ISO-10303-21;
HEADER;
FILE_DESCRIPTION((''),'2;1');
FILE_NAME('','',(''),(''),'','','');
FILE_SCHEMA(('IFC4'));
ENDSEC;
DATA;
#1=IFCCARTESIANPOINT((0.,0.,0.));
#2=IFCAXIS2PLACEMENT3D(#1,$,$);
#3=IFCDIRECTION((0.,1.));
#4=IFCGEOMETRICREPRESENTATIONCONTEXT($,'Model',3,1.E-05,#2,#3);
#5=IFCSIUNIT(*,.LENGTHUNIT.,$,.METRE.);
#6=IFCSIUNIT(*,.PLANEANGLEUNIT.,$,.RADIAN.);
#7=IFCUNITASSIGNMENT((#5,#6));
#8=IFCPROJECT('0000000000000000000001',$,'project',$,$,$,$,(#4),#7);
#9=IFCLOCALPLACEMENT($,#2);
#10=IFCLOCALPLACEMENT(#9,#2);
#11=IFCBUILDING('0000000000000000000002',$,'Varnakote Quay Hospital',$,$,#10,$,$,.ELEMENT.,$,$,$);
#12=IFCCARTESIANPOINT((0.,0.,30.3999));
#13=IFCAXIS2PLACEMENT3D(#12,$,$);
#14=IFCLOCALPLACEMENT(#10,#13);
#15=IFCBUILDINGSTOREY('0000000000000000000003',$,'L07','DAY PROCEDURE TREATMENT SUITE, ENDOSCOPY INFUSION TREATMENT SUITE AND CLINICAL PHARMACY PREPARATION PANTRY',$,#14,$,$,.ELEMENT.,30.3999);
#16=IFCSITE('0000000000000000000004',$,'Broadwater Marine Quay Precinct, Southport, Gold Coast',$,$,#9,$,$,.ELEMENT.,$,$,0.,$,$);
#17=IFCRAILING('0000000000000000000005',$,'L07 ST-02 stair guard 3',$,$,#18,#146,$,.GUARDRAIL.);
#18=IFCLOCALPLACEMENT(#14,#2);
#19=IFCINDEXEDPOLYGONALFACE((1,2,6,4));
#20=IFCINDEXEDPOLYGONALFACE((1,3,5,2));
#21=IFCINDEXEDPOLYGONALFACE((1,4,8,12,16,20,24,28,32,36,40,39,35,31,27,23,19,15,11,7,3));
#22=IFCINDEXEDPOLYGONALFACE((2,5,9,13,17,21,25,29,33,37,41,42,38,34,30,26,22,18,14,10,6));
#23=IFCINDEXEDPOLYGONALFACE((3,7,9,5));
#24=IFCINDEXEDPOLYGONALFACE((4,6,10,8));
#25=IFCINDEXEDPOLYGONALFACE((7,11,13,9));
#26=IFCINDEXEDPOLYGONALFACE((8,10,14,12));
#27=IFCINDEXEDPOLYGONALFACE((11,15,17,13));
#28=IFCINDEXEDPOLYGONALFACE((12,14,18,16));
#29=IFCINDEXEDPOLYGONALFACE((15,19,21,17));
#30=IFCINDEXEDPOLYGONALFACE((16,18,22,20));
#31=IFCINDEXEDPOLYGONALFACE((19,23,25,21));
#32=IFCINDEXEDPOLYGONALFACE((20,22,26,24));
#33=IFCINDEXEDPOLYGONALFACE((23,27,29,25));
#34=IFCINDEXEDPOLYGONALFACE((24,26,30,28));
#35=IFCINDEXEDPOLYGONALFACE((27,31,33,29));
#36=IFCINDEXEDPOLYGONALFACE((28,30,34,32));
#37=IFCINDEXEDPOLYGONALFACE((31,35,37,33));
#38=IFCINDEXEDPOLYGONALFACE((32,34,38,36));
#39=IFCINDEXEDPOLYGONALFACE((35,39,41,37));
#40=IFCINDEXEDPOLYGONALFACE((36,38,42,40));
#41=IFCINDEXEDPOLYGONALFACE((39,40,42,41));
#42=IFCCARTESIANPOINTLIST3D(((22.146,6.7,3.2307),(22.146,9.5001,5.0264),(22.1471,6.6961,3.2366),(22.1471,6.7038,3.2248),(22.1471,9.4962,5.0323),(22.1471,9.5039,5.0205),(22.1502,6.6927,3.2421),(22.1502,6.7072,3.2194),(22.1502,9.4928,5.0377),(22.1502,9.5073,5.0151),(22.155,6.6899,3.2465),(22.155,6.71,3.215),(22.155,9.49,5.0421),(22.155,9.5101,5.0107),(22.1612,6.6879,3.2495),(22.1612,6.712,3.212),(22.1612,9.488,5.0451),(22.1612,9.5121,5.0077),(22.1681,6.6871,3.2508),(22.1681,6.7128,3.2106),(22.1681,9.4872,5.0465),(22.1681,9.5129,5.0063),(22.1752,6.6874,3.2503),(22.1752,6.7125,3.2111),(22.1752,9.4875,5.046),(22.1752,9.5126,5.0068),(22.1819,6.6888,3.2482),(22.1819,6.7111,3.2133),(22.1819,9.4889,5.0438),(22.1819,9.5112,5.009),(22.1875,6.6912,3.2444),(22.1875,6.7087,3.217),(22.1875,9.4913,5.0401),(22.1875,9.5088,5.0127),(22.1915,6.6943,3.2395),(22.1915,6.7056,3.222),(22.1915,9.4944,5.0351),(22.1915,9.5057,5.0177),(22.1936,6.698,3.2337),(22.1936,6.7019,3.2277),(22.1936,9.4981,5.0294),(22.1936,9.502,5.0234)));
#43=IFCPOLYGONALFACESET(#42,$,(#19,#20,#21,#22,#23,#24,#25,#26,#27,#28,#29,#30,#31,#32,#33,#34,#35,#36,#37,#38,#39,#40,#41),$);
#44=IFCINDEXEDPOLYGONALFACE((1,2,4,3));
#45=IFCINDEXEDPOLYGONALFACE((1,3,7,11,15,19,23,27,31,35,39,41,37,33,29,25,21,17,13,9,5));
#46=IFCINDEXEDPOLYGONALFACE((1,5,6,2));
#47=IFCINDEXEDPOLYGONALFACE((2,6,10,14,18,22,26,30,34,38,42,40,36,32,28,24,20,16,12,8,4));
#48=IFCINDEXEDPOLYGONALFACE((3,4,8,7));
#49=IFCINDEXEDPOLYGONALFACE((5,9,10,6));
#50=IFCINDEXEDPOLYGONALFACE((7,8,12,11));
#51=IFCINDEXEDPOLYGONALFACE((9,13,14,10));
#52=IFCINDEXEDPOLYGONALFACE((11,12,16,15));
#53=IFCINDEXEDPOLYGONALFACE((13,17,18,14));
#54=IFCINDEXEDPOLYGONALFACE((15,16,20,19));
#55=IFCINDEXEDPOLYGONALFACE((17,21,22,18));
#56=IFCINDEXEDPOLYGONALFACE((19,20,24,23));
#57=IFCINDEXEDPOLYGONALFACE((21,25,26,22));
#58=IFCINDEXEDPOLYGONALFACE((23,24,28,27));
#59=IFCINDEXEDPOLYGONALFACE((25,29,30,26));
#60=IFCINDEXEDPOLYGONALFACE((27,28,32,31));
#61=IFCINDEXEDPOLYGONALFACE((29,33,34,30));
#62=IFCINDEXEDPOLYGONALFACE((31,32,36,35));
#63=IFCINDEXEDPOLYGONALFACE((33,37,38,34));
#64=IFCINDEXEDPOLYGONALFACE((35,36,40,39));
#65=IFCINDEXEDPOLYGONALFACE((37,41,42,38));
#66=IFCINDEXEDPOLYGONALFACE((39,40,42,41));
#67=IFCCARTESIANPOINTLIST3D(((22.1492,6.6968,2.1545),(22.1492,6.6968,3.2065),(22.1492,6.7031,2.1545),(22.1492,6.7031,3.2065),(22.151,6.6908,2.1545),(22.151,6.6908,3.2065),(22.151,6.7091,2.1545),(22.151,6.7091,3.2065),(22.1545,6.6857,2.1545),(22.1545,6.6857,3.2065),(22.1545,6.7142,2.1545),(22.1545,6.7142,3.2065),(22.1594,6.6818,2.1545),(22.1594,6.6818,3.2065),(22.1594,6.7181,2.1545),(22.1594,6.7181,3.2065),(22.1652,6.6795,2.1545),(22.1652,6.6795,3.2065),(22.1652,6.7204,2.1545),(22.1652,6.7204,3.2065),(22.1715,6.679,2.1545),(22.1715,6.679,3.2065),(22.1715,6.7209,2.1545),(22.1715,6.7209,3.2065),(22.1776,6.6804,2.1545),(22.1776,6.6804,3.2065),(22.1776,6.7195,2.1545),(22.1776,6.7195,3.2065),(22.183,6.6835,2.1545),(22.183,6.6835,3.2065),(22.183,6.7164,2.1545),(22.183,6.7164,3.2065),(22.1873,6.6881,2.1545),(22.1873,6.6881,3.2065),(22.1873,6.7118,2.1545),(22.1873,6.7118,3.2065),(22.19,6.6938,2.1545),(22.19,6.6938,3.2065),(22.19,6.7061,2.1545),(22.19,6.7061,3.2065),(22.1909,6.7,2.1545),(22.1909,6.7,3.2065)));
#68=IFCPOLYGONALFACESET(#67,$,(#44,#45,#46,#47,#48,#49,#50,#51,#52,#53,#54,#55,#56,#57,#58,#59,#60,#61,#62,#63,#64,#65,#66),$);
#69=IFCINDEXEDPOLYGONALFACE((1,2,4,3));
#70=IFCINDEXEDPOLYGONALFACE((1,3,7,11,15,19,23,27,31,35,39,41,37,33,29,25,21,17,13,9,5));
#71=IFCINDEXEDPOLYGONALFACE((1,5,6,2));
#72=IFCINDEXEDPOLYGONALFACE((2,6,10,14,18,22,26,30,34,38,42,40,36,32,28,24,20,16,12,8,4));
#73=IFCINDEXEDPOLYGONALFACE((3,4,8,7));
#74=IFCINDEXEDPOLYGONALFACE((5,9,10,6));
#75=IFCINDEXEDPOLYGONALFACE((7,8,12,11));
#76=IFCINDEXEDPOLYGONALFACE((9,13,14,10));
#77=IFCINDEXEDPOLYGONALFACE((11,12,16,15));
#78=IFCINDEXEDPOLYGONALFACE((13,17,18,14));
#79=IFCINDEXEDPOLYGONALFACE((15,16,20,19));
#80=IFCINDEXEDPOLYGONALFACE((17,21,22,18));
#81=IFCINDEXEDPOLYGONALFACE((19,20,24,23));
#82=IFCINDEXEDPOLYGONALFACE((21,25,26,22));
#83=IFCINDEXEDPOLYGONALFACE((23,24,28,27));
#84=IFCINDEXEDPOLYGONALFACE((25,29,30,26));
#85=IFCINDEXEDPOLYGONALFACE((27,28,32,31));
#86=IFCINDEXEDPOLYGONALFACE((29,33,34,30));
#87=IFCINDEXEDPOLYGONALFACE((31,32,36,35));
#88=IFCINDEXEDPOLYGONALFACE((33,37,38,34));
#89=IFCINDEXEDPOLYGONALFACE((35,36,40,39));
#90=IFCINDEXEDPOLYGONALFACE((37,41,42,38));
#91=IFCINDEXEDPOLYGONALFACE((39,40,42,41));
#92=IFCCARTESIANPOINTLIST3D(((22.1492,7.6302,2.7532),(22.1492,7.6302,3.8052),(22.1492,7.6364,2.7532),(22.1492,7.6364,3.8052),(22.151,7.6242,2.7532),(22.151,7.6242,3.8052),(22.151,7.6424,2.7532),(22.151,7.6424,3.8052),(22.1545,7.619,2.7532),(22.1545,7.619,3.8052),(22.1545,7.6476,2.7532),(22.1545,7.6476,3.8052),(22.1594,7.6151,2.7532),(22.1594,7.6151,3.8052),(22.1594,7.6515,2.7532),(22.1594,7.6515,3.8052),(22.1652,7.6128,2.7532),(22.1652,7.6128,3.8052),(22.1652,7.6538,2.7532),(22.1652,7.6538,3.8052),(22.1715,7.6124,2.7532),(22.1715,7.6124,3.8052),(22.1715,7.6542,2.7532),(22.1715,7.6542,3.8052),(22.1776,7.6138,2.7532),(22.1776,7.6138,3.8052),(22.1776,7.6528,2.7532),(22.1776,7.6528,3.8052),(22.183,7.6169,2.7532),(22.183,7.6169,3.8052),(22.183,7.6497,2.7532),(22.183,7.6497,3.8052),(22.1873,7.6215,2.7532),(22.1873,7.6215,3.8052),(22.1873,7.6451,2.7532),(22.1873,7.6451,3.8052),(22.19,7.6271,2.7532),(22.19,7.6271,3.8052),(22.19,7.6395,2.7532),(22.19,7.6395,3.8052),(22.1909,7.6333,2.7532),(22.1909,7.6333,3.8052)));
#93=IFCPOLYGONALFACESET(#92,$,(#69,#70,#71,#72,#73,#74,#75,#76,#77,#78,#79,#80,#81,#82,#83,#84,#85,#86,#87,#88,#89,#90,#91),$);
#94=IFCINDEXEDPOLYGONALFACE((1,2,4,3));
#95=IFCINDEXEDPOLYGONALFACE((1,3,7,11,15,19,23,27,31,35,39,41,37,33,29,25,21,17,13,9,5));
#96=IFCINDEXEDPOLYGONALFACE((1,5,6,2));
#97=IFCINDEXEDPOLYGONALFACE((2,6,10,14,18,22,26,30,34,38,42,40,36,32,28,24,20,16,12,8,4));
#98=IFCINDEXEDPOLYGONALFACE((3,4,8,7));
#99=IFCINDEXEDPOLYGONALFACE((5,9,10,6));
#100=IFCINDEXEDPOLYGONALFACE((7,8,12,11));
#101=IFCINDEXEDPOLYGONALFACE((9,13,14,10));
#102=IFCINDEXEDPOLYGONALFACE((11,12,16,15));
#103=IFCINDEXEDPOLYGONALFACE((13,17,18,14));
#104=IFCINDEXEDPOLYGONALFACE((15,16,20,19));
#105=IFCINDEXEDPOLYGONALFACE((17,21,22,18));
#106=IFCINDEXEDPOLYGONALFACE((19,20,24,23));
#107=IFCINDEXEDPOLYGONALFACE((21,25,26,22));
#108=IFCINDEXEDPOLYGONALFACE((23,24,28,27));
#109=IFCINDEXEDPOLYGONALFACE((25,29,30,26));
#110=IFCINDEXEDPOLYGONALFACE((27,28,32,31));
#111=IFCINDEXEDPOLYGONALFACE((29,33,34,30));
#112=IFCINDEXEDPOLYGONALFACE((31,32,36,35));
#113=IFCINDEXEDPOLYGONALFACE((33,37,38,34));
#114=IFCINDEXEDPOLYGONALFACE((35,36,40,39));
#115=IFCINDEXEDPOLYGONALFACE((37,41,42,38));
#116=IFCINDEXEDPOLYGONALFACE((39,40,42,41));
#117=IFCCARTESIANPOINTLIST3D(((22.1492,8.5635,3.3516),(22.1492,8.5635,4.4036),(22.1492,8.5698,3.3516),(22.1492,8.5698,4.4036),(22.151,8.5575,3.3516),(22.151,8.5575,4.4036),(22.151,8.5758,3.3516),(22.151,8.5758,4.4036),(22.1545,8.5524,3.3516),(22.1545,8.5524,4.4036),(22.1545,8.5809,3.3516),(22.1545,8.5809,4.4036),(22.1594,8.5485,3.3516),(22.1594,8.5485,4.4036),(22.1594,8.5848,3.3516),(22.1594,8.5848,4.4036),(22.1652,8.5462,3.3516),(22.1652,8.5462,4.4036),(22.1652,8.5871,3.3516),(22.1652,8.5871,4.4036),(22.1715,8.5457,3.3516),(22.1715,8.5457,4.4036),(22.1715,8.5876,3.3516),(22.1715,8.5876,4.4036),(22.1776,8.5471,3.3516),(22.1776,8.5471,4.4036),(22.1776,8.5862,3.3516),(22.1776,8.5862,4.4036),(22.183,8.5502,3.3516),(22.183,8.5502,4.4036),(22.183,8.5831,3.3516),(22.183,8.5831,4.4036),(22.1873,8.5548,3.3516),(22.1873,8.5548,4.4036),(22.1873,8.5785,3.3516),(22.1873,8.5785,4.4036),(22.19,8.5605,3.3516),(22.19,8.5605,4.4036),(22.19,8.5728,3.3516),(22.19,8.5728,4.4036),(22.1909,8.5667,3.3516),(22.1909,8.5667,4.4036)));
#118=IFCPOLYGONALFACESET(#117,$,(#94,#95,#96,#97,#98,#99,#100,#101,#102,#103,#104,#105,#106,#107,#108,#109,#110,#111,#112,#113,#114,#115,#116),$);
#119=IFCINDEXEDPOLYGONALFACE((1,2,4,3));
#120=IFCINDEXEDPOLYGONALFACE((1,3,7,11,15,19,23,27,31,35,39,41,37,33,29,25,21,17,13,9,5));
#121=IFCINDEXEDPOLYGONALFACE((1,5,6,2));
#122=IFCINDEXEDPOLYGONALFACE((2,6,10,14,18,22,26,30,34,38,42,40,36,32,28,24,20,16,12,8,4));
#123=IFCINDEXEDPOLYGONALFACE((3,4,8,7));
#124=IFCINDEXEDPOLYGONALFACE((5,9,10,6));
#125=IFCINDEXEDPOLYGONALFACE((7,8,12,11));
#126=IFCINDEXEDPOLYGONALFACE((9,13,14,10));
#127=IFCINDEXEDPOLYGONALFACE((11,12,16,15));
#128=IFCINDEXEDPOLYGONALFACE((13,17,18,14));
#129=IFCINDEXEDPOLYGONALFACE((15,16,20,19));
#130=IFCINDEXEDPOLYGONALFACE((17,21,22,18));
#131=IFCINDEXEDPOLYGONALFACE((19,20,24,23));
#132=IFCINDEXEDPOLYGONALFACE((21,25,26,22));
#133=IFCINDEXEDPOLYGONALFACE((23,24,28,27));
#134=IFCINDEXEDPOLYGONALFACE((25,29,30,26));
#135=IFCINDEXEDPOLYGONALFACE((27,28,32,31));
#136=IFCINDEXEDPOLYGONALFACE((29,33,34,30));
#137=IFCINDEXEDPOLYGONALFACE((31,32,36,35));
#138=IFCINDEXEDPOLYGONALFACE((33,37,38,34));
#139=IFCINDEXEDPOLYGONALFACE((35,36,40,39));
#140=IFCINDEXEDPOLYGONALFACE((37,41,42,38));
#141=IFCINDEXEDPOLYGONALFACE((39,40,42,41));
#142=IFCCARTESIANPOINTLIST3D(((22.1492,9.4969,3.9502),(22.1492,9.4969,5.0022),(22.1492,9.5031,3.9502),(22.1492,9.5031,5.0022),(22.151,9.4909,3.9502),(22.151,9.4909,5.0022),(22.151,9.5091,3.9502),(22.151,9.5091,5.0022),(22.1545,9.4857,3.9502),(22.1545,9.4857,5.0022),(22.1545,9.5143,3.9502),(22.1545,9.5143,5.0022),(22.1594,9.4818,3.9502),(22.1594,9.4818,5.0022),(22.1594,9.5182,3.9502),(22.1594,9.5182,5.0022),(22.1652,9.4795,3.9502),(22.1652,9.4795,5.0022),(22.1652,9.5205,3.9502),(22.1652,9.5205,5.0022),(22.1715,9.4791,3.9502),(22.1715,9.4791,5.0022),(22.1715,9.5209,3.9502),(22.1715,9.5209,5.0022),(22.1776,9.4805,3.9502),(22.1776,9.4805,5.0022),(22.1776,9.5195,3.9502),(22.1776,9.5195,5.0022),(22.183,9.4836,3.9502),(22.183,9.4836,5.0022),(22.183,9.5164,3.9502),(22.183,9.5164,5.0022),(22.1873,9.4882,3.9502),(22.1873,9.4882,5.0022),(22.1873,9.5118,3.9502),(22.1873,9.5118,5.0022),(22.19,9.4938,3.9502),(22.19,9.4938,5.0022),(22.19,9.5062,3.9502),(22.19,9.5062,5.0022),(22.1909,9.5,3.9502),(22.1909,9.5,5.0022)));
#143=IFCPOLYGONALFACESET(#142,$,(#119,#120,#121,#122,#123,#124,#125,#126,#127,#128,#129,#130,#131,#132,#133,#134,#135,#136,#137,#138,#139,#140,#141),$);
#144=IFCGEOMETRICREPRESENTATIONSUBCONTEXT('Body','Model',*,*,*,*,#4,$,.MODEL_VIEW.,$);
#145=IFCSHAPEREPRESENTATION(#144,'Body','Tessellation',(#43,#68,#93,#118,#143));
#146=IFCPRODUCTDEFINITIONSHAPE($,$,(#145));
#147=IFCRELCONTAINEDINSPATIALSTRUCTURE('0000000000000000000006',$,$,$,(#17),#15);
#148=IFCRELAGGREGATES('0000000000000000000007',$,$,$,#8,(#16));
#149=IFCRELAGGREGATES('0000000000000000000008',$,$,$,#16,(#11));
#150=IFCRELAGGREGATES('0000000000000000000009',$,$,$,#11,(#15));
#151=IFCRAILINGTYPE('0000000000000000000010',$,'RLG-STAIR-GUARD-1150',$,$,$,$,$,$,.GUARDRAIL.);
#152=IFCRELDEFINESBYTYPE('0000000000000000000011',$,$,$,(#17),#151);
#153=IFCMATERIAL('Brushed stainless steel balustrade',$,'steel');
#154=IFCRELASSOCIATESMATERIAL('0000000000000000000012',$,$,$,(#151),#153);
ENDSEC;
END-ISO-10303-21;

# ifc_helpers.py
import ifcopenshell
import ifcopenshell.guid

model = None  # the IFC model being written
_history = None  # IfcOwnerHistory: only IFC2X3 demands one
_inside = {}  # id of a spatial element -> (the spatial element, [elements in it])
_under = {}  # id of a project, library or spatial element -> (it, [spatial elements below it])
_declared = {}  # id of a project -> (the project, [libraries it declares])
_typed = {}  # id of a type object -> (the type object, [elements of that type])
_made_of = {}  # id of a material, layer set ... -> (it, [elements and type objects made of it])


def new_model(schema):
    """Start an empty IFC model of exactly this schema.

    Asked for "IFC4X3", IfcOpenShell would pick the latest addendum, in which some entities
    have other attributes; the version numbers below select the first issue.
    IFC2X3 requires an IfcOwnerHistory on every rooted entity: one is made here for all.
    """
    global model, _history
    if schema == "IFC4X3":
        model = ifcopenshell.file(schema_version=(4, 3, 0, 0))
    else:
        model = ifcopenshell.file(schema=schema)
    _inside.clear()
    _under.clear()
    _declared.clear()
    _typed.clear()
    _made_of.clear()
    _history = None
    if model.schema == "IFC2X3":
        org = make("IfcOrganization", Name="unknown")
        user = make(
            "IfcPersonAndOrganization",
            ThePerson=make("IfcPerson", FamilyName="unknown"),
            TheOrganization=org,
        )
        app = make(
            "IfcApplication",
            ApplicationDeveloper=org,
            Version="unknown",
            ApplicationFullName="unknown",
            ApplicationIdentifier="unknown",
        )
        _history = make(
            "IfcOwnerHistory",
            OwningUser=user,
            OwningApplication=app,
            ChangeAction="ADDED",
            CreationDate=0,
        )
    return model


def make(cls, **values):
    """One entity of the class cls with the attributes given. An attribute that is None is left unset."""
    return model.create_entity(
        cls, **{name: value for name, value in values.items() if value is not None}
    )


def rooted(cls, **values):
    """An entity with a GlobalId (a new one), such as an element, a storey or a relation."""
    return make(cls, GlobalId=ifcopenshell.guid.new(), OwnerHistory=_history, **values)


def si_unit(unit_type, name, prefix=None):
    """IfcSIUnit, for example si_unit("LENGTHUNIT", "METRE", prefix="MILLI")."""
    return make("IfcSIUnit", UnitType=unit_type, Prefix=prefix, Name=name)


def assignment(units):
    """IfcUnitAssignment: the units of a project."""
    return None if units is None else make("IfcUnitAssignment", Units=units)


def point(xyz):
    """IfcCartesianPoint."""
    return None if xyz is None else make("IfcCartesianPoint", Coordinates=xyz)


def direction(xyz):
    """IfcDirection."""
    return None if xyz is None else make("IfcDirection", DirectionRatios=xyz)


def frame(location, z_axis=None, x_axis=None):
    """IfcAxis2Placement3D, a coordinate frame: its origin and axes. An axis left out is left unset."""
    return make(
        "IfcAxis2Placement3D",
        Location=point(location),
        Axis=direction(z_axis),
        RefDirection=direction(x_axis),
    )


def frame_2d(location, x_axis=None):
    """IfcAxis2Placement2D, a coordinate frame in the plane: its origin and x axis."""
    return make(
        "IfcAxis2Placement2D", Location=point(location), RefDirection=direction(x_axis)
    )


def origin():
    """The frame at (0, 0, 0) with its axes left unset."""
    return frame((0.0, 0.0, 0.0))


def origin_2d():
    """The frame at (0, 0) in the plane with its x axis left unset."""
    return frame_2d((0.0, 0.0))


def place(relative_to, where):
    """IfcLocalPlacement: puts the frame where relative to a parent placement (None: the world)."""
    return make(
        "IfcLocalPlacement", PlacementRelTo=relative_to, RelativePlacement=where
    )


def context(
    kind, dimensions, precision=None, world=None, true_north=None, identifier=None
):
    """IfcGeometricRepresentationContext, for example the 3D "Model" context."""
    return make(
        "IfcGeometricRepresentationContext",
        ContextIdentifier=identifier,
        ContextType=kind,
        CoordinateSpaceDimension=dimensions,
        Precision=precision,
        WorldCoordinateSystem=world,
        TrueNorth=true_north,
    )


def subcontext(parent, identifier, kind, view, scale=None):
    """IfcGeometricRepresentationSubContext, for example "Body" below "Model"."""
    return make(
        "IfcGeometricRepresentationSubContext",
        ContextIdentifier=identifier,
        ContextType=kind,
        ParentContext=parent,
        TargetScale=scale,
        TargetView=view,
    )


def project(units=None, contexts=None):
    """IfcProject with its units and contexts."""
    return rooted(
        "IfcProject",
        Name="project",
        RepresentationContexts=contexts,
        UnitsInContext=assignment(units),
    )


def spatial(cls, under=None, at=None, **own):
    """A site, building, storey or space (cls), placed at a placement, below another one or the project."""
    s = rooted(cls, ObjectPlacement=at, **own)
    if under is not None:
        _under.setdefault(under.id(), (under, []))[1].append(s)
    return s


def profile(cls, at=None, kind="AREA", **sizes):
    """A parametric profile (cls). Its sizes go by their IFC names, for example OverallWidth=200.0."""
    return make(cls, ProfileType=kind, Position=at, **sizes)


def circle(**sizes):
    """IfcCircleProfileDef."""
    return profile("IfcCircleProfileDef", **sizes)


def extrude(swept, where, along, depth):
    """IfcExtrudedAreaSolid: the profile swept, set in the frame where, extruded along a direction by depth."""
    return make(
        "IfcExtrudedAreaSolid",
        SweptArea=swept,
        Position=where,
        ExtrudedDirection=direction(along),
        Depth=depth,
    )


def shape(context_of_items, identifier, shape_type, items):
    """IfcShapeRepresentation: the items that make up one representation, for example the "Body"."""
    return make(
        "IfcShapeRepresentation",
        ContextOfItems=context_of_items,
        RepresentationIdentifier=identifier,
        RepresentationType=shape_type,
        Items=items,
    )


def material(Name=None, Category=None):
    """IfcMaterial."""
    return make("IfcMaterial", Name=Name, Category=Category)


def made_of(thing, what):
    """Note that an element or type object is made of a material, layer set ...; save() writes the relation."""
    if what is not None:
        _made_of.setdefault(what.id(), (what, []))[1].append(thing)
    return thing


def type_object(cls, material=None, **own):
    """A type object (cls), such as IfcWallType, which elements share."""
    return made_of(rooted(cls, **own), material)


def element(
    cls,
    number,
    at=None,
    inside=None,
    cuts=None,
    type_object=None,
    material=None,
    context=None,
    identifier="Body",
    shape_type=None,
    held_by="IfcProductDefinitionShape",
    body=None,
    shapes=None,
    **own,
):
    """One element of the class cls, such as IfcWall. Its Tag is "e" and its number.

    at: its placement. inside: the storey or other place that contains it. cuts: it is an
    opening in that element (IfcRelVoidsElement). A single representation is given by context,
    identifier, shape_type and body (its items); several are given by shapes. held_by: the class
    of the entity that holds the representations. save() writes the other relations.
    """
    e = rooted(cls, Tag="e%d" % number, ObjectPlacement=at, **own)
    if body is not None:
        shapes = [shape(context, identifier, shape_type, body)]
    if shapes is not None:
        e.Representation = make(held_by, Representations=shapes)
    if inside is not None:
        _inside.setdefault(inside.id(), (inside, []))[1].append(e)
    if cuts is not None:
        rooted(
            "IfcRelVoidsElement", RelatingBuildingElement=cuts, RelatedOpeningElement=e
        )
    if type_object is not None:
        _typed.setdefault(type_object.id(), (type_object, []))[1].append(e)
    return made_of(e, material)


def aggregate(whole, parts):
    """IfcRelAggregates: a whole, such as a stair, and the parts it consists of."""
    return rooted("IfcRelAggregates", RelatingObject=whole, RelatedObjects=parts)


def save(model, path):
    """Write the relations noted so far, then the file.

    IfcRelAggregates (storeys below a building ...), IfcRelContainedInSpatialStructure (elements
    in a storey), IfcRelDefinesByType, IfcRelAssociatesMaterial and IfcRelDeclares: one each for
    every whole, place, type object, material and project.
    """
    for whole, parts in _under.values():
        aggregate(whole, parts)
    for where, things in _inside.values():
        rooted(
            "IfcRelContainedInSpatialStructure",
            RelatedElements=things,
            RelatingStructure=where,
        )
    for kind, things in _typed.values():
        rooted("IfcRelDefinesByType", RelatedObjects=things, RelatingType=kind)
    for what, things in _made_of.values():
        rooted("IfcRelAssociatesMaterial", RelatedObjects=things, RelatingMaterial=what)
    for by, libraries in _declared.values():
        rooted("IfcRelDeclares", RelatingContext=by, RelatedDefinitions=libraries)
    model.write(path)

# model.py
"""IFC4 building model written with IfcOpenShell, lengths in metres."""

from ifc_helpers import new_model, si_unit, direction, frame, origin, origin_2d, place, context, subcontext, project, spatial, circle, extrude, material, type_object, element, save


model = new_model("IFC4")

# Units and contexts
model_context = context("Model", 3, precision=1e-05, world=origin(), true_north=direction((0.0, 1.0)))
body_context = subcontext(model_context, "Body", "Model", "MODEL_VIEW")
ifc_project = project(units=[si_unit("LENGTHUNIT", "METRE"), si_unit("PLANEANGLEUNIT", "RADIAN")], contexts=[model_context])

# Site, building, storey
site_placement = place(None, origin())
site = spatial("IfcSite", under=ifc_project, at=site_placement, Name="Broadwater Marine Quay Precinct, Southport, Gold Coast", CompositionType="ELEMENT", RefElevation=0.0)
building_placement = place(site_placement, origin())
building = spatial("IfcBuilding", under=site, at=building_placement, Name="Varnakote Quay Hospital", CompositionType="ELEMENT")
storey_placement = place(building_placement, frame((0.0, 0.0, 30.3999)))
storey = spatial("IfcBuildingStorey", under=building, at=storey_placement, Name="L07", Description="DAY PROCEDURE TREATMENT SUITE, ENDOSCOPY INFUSION TREATMENT SUITE AND CLINICAL PHARMACY PREPARATION PANTRY", CompositionType="ELEMENT", Elevation=30.3999)

# Railing
ifc_material_1 = material(Name="Brushed stainless steel balustrade", Category="steel")
railing_type_1 = type_object("IfcRailingType", Name="RLG-STAIR-GUARD-1150", PredefinedType="GUARDRAIL", material=ifc_material_1)
railing_1_placement = place(storey_placement, frame((22.1699, 6.7, 2.1545)))
element("IfcRailing", 1, at=railing_1_placement, inside=storey, type_object=railing_type_1, Name="L07 ST-02 stair guard 3", PredefinedType="GUARDRAIL", context=body_context, shape_type="SweptSolid", body=[
    extrude(circle(Radius=0.0239, at=origin_2d()), frame((0.0, 0.0, 1.0762), z_axis=(0.0, 0.841777, 0.539826), x_axis=(-1.0, 0.0, 0.0)), (0.0, 0.0, 1.0), 3.3264),
    extrude(circle(Radius=0.021, at=origin_2d()), origin(), (0.0, 0.0, 1.0), 1.052),
    extrude(circle(Radius=0.021, at=origin_2d()), frame((0.0, 0.9333, 0.5986)), (0.0, 0.0, 1.0), 1.052),
    extrude(circle(Radius=0.021, at=origin_2d()), frame((0.0, 1.8667, 1.197)), (0.0, 0.0, 1.0), 1.052),
    extrude(circle(Radius=0.021, at=origin_2d()), frame((0.0, 2.8, 1.7957)), (0.0, 0.0, 1.0), 1.052),
])

save(model, "model.ifc")
